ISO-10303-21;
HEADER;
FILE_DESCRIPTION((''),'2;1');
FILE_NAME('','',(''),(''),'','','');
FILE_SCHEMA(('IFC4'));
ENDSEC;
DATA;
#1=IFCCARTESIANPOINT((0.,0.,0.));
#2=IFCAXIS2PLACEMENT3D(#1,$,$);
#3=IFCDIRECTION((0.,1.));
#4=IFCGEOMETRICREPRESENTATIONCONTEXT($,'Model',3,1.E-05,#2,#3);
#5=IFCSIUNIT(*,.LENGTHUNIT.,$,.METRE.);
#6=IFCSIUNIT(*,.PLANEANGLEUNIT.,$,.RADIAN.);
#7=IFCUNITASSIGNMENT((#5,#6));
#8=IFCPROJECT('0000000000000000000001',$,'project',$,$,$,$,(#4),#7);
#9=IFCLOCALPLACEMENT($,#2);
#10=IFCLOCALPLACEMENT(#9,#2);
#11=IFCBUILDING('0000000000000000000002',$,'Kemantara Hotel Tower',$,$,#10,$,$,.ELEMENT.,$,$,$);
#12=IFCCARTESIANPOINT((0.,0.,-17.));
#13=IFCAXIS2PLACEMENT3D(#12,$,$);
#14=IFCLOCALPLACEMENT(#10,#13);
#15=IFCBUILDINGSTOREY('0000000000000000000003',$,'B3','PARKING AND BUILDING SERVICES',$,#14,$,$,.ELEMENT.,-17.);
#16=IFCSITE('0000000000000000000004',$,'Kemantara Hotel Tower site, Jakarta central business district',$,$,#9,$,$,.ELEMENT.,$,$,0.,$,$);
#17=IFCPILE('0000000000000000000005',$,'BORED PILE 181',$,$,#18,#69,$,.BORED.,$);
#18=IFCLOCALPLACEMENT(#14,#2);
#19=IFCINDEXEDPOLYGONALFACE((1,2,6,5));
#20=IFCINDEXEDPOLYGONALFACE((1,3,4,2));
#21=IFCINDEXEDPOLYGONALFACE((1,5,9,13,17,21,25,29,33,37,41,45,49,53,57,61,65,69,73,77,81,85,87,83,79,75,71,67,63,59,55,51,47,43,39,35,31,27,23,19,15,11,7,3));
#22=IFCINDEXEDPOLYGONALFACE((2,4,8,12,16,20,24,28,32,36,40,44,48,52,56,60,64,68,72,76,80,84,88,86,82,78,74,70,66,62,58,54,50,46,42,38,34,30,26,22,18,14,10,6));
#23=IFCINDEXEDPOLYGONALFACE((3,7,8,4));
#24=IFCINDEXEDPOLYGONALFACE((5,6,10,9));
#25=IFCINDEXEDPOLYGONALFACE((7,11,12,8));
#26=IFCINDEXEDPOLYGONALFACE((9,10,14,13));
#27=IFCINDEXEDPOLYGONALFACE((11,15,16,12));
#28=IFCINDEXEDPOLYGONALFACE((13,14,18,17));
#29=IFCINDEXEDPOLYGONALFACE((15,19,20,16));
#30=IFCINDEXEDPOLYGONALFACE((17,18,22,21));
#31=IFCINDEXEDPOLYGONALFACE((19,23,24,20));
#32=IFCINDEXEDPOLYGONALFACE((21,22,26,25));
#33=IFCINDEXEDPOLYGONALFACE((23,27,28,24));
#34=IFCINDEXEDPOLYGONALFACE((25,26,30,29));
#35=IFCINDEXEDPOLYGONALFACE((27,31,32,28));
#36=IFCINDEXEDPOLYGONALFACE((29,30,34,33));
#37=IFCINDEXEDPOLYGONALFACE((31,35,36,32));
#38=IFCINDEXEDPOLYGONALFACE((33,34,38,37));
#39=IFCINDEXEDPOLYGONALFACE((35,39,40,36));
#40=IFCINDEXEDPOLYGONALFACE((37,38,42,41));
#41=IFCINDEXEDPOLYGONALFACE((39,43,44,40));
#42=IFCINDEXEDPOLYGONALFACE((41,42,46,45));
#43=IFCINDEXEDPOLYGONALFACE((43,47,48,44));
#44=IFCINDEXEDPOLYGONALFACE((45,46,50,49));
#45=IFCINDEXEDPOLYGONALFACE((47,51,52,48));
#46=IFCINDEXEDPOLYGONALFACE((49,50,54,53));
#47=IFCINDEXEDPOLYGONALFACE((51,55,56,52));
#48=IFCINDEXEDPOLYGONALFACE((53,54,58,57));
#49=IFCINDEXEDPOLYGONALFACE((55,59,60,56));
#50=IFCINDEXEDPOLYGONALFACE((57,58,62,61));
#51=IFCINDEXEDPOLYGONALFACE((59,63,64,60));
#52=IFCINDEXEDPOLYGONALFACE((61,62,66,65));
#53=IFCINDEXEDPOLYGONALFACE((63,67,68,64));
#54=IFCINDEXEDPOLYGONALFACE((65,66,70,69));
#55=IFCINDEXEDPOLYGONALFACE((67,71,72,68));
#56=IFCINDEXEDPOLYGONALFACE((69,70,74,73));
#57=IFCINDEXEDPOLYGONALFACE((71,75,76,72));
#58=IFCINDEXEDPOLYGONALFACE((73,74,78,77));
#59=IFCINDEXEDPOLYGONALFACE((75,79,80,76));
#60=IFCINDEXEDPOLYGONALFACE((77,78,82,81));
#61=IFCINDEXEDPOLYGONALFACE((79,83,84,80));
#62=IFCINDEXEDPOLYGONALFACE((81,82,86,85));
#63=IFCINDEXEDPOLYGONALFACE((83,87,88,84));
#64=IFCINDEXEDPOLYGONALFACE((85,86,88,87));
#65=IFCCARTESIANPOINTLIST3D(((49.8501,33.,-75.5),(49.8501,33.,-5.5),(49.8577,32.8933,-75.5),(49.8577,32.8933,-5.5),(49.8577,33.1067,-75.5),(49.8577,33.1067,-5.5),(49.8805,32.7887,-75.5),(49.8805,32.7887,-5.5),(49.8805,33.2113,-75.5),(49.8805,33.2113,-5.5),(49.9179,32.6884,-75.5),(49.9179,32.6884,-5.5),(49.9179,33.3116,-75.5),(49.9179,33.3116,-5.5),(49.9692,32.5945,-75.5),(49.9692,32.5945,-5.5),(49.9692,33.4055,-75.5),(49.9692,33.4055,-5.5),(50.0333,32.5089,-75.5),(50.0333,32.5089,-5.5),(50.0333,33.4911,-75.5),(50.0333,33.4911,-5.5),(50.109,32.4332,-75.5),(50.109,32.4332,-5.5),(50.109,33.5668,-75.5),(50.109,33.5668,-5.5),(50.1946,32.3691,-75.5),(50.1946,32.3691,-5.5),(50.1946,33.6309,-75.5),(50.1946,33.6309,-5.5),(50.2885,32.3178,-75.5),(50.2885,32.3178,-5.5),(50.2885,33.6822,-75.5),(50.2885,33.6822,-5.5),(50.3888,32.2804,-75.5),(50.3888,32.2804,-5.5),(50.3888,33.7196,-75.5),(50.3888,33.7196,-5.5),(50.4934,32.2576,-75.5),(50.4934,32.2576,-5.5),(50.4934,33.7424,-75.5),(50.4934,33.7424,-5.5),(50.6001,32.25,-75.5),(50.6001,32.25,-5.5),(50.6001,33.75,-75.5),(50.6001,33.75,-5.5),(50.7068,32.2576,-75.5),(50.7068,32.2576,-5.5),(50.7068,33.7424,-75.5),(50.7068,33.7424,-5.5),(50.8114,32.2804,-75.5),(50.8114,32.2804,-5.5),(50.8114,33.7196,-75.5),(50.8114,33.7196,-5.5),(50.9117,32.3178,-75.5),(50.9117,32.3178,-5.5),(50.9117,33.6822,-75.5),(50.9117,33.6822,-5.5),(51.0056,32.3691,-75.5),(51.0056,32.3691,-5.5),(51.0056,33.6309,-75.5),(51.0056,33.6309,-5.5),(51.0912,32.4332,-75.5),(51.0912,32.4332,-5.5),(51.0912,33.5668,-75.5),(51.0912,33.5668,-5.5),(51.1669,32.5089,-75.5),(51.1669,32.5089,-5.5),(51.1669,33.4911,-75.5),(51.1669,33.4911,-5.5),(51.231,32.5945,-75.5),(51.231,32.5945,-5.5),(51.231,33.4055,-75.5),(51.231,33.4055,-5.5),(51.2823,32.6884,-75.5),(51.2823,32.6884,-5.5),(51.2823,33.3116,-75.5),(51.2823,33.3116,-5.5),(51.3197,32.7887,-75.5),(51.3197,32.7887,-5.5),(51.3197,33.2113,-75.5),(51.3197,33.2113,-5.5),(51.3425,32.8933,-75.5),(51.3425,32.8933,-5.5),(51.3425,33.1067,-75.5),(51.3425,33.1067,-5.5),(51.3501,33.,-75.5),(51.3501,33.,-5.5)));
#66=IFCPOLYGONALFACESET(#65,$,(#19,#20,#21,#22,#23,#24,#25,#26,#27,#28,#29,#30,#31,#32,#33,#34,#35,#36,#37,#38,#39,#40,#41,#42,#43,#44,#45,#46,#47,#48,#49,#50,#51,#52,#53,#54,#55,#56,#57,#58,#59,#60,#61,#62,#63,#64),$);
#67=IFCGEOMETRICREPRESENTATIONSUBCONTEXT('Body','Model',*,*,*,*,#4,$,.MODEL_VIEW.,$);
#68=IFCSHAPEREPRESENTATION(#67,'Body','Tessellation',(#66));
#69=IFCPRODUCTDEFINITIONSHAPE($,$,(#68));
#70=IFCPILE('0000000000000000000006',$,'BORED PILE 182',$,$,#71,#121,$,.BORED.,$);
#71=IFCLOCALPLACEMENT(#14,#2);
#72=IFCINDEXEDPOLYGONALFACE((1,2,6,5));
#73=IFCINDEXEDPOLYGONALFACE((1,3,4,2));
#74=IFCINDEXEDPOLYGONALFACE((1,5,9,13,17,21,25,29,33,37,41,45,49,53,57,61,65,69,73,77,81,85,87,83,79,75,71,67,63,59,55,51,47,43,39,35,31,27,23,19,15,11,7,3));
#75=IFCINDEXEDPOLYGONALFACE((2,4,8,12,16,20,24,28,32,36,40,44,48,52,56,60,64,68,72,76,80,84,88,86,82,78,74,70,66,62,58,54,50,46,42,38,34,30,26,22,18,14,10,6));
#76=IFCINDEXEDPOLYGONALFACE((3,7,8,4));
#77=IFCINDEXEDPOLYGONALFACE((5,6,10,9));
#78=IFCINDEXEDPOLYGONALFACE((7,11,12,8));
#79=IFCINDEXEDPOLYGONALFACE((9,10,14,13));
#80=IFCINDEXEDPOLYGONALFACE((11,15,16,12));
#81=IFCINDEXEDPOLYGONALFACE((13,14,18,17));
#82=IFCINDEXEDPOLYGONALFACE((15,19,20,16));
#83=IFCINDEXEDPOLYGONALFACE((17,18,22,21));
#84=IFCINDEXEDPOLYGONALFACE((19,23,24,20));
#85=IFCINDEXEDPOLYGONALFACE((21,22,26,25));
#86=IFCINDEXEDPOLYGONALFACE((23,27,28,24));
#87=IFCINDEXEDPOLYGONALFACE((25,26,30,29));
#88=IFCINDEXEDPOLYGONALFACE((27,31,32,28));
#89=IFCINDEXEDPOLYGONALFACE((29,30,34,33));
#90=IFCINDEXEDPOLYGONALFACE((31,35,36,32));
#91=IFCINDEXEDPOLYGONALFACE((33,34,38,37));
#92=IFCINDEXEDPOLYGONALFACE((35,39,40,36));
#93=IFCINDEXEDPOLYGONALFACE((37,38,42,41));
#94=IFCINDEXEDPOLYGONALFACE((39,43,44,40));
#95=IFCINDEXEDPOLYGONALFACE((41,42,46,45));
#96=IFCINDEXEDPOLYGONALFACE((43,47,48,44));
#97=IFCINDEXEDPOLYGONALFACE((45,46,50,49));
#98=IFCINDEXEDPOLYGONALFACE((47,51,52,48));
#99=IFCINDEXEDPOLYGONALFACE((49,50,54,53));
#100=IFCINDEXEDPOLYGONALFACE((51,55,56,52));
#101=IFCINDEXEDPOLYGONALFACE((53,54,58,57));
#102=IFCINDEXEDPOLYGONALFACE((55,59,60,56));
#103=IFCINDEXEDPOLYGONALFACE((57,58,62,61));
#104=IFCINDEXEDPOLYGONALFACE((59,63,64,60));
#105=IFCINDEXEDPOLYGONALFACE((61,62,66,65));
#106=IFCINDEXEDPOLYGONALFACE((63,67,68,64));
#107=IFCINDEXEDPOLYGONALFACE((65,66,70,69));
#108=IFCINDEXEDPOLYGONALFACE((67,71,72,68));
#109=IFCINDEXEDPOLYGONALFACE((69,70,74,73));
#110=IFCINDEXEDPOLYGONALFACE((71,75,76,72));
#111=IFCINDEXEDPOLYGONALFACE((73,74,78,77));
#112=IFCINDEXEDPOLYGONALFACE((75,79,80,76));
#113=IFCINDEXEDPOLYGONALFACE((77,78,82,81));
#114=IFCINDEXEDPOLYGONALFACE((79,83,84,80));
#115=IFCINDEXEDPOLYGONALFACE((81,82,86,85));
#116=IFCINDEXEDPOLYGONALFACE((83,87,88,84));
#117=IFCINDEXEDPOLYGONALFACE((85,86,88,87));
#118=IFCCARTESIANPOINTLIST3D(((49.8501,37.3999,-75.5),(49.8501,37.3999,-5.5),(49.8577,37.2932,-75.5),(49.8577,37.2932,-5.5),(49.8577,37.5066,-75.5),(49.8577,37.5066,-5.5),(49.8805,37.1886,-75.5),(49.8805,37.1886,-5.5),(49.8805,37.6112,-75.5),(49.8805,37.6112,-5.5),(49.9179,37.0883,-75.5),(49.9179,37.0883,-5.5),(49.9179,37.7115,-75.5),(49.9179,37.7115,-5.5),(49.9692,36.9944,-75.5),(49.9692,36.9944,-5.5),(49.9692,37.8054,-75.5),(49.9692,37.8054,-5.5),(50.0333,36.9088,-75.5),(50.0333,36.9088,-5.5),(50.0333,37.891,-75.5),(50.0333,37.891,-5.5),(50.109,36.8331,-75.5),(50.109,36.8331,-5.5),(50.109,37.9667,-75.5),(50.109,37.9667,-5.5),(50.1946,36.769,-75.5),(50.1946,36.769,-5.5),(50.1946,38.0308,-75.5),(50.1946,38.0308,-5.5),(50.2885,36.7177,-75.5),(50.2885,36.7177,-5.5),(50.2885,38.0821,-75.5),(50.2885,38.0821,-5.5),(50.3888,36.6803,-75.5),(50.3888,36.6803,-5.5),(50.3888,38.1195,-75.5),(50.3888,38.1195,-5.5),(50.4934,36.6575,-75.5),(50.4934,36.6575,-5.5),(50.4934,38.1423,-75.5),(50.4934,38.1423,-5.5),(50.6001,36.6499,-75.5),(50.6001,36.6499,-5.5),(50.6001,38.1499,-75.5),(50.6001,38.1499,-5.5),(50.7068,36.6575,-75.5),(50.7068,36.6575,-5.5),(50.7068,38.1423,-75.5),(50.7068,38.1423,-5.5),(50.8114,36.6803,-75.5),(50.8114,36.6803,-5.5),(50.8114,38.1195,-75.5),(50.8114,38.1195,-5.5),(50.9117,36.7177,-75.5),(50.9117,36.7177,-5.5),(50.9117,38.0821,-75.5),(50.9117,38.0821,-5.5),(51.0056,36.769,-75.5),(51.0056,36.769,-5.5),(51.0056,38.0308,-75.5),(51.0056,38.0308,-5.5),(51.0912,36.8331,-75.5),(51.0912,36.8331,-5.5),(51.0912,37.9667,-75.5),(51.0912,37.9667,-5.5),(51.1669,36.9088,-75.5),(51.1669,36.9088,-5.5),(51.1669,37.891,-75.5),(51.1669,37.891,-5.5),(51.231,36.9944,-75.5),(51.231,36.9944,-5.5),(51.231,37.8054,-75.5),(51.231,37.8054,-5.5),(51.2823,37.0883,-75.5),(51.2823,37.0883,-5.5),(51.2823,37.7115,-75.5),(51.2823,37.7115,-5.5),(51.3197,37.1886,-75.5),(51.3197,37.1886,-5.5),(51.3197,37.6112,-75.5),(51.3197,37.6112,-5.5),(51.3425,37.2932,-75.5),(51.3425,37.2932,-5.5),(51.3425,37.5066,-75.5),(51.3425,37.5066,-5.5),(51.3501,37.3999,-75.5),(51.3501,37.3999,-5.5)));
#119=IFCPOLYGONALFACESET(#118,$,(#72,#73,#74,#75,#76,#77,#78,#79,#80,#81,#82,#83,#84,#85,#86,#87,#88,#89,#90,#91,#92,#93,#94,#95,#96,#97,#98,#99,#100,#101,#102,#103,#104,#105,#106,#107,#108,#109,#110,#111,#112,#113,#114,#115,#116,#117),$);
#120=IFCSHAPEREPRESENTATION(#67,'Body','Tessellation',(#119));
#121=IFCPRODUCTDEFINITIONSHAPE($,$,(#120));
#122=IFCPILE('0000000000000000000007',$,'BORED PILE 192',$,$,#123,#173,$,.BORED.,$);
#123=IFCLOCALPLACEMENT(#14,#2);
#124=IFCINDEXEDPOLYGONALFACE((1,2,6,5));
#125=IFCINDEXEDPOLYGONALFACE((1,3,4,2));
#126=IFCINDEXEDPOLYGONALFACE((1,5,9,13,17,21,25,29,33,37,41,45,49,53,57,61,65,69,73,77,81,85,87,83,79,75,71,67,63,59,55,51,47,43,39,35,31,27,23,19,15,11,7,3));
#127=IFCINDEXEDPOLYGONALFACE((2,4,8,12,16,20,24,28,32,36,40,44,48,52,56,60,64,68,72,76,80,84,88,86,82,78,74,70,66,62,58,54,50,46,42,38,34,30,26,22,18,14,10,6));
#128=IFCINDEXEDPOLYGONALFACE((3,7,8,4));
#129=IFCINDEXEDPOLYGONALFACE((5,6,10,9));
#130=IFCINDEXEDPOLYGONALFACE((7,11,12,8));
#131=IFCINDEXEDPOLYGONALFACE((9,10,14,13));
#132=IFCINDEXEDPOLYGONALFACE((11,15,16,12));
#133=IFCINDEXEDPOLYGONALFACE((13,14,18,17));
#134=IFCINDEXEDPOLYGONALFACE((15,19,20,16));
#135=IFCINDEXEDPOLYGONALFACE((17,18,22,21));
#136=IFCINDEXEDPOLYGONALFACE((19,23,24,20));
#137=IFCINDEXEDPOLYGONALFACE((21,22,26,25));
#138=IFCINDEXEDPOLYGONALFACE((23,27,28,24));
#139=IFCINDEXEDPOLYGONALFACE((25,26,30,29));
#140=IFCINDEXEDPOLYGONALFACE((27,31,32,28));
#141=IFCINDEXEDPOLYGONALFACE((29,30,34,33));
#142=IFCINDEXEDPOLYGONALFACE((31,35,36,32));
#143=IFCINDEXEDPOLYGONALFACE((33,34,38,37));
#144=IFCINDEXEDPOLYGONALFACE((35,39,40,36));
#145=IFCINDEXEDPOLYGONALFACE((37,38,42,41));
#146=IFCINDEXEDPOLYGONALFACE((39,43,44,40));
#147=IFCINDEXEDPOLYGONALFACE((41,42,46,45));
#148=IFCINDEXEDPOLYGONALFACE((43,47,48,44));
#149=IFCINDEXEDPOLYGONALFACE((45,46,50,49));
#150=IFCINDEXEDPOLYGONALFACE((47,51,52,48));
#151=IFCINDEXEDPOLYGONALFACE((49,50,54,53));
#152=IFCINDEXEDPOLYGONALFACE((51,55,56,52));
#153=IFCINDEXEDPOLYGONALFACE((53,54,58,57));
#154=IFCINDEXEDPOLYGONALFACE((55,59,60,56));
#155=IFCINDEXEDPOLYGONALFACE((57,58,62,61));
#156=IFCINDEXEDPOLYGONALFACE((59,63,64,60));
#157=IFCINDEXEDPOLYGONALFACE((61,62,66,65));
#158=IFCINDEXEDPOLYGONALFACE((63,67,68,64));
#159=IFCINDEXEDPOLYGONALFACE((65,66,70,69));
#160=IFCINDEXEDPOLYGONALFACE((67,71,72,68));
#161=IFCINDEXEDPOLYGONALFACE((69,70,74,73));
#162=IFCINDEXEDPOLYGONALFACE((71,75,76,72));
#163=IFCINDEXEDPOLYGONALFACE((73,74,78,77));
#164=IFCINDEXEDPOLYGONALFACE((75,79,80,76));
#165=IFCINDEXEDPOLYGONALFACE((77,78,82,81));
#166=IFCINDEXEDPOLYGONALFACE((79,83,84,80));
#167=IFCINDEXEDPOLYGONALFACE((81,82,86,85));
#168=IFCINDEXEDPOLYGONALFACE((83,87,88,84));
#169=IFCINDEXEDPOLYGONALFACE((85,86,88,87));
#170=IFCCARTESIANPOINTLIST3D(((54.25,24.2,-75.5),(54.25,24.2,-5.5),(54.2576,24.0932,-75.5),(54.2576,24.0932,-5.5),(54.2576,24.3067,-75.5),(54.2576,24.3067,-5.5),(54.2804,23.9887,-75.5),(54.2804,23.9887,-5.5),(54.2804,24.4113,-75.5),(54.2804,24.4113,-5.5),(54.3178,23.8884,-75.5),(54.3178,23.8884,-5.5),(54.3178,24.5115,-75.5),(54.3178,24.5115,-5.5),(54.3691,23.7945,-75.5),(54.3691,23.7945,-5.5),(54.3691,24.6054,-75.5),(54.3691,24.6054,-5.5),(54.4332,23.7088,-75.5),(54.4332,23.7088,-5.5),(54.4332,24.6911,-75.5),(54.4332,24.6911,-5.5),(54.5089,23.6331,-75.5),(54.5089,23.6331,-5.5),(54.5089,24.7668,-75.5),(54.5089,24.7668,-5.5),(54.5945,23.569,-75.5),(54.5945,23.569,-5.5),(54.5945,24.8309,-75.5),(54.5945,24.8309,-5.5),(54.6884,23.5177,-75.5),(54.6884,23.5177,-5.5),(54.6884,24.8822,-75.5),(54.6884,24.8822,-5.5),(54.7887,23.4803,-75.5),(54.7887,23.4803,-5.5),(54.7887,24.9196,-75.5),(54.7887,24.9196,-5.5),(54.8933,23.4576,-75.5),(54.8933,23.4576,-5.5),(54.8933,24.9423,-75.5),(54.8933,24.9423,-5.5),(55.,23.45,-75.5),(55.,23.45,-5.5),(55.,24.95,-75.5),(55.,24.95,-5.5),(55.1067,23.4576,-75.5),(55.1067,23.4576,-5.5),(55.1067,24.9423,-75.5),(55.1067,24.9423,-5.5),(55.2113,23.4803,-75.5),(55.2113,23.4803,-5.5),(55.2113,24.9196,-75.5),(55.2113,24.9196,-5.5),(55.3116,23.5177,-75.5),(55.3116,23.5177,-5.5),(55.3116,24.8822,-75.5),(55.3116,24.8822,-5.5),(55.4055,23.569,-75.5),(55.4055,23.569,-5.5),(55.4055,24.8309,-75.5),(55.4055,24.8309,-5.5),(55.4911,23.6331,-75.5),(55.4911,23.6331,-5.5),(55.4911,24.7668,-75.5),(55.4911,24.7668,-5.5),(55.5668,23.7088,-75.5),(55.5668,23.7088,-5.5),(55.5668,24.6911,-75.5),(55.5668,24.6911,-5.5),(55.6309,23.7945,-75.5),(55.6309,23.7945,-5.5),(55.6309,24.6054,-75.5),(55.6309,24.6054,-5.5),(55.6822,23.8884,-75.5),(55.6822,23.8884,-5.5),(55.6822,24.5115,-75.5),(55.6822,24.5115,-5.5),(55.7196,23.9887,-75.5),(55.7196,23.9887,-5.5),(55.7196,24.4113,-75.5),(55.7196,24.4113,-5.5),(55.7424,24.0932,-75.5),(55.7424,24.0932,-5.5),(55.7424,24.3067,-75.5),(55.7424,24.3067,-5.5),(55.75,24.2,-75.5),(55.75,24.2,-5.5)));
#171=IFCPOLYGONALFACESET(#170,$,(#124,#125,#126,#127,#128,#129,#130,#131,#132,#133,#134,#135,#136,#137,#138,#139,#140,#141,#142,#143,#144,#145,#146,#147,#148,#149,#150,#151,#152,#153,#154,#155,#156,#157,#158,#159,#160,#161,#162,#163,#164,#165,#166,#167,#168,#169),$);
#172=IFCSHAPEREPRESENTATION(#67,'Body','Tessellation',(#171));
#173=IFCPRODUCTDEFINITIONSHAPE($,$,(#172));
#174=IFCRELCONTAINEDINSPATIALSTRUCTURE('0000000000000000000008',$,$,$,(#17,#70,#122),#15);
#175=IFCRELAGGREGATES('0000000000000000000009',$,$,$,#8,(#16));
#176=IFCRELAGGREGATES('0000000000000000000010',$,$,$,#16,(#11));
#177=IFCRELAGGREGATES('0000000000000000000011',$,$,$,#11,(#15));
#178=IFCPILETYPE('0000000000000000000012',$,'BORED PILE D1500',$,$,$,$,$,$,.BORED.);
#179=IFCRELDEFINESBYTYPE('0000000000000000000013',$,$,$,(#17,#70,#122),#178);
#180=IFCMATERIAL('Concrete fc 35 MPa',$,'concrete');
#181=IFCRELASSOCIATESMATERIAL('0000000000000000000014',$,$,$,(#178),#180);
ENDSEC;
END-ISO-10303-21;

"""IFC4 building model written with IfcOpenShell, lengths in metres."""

from ifc_helpers import new_model, si_unit, direction, frame, origin, origin_2d, place, context, subcontext, project, spatial, circle, extrude, material, material_profile, profile_set, type_object, element, save


model = new_model("IFC4")

# Units and contexts
model_context = context("Model", 3, precision=1e-05, world=origin(), true_north=direction((0.0, 1.0)))
body_context = subcontext(model_context, "Body", "Model", "MODEL_VIEW")
ifc_project = project(units=[si_unit("LENGTHUNIT", "METRE"), si_unit("PLANEANGLEUNIT", "RADIAN")], contexts=[model_context])

# Site, building, storey
site_placement = place(None, origin())
site = spatial("IfcSite", under=ifc_project, at=site_placement, Name="Kemantara Hotel Tower site, Jakarta central business district", CompositionType="ELEMENT", RefElevation=0.0)
building_placement = place(site_placement, origin())
building = spatial("IfcBuilding", under=site, at=building_placement, Name="Kemantara Hotel Tower", CompositionType="ELEMENT")
storey_placement = place(building_placement, frame((0.0, 0.0, -17.0)))
storey = spatial("IfcBuildingStorey", under=building, at=storey_placement, Name="B3", Description="PARKING AND BUILDING SERVICES", CompositionType="ELEMENT", Elevation=-17.0)

# Piles
ifc_material_1 = material(Name="Concrete fc 35 MPa", Category="concrete")
ifc_material_profile_1 = material_profile(ifc_material_1, circle(Radius=0.75, at=origin_2d()), Name="BORED PILE D1500")
ifc_profile_set_1 = profile_set([ifc_material_profile_1], Name="Concrete fc 35 MPa")
pile_type = type_object("IfcPileType", Name="BORED PILE D1500", PredefinedType="BORED", material=ifc_profile_set_1)
for number, where, z_axis, x_axis, name in (
    (1, (50.6001, 33.0, -5.5), (0.0, 0.0, -1.0), (1.0, 0.0, 0.0), "BORED PILE 181"),
    (2, (50.6001, 37.3999, -5.5), (0.0, 0.0, -1.0), (1.0, 0.0, 0.0), "BORED PILE 182"),
    (3, (55.0, 24.2, -5.5), (0.0, 0.0, -1.0), (1.0, 0.0, 0.0), "BORED PILE 192"),
):
    element("IfcPile", number, at=place(storey_placement, frame(where, z_axis=z_axis, x_axis=x_axis)), inside=storey, type_object=pile_type, Name=name, PredefinedType="BORED", context=body_context, shape_type="SweptSolid", body=[
        extrude(circle(Radius=0.75, at=origin_2d()), origin(), (0.0, 0.0, 1.0), 70.0),
    ])

save(model, "model.ifc")
